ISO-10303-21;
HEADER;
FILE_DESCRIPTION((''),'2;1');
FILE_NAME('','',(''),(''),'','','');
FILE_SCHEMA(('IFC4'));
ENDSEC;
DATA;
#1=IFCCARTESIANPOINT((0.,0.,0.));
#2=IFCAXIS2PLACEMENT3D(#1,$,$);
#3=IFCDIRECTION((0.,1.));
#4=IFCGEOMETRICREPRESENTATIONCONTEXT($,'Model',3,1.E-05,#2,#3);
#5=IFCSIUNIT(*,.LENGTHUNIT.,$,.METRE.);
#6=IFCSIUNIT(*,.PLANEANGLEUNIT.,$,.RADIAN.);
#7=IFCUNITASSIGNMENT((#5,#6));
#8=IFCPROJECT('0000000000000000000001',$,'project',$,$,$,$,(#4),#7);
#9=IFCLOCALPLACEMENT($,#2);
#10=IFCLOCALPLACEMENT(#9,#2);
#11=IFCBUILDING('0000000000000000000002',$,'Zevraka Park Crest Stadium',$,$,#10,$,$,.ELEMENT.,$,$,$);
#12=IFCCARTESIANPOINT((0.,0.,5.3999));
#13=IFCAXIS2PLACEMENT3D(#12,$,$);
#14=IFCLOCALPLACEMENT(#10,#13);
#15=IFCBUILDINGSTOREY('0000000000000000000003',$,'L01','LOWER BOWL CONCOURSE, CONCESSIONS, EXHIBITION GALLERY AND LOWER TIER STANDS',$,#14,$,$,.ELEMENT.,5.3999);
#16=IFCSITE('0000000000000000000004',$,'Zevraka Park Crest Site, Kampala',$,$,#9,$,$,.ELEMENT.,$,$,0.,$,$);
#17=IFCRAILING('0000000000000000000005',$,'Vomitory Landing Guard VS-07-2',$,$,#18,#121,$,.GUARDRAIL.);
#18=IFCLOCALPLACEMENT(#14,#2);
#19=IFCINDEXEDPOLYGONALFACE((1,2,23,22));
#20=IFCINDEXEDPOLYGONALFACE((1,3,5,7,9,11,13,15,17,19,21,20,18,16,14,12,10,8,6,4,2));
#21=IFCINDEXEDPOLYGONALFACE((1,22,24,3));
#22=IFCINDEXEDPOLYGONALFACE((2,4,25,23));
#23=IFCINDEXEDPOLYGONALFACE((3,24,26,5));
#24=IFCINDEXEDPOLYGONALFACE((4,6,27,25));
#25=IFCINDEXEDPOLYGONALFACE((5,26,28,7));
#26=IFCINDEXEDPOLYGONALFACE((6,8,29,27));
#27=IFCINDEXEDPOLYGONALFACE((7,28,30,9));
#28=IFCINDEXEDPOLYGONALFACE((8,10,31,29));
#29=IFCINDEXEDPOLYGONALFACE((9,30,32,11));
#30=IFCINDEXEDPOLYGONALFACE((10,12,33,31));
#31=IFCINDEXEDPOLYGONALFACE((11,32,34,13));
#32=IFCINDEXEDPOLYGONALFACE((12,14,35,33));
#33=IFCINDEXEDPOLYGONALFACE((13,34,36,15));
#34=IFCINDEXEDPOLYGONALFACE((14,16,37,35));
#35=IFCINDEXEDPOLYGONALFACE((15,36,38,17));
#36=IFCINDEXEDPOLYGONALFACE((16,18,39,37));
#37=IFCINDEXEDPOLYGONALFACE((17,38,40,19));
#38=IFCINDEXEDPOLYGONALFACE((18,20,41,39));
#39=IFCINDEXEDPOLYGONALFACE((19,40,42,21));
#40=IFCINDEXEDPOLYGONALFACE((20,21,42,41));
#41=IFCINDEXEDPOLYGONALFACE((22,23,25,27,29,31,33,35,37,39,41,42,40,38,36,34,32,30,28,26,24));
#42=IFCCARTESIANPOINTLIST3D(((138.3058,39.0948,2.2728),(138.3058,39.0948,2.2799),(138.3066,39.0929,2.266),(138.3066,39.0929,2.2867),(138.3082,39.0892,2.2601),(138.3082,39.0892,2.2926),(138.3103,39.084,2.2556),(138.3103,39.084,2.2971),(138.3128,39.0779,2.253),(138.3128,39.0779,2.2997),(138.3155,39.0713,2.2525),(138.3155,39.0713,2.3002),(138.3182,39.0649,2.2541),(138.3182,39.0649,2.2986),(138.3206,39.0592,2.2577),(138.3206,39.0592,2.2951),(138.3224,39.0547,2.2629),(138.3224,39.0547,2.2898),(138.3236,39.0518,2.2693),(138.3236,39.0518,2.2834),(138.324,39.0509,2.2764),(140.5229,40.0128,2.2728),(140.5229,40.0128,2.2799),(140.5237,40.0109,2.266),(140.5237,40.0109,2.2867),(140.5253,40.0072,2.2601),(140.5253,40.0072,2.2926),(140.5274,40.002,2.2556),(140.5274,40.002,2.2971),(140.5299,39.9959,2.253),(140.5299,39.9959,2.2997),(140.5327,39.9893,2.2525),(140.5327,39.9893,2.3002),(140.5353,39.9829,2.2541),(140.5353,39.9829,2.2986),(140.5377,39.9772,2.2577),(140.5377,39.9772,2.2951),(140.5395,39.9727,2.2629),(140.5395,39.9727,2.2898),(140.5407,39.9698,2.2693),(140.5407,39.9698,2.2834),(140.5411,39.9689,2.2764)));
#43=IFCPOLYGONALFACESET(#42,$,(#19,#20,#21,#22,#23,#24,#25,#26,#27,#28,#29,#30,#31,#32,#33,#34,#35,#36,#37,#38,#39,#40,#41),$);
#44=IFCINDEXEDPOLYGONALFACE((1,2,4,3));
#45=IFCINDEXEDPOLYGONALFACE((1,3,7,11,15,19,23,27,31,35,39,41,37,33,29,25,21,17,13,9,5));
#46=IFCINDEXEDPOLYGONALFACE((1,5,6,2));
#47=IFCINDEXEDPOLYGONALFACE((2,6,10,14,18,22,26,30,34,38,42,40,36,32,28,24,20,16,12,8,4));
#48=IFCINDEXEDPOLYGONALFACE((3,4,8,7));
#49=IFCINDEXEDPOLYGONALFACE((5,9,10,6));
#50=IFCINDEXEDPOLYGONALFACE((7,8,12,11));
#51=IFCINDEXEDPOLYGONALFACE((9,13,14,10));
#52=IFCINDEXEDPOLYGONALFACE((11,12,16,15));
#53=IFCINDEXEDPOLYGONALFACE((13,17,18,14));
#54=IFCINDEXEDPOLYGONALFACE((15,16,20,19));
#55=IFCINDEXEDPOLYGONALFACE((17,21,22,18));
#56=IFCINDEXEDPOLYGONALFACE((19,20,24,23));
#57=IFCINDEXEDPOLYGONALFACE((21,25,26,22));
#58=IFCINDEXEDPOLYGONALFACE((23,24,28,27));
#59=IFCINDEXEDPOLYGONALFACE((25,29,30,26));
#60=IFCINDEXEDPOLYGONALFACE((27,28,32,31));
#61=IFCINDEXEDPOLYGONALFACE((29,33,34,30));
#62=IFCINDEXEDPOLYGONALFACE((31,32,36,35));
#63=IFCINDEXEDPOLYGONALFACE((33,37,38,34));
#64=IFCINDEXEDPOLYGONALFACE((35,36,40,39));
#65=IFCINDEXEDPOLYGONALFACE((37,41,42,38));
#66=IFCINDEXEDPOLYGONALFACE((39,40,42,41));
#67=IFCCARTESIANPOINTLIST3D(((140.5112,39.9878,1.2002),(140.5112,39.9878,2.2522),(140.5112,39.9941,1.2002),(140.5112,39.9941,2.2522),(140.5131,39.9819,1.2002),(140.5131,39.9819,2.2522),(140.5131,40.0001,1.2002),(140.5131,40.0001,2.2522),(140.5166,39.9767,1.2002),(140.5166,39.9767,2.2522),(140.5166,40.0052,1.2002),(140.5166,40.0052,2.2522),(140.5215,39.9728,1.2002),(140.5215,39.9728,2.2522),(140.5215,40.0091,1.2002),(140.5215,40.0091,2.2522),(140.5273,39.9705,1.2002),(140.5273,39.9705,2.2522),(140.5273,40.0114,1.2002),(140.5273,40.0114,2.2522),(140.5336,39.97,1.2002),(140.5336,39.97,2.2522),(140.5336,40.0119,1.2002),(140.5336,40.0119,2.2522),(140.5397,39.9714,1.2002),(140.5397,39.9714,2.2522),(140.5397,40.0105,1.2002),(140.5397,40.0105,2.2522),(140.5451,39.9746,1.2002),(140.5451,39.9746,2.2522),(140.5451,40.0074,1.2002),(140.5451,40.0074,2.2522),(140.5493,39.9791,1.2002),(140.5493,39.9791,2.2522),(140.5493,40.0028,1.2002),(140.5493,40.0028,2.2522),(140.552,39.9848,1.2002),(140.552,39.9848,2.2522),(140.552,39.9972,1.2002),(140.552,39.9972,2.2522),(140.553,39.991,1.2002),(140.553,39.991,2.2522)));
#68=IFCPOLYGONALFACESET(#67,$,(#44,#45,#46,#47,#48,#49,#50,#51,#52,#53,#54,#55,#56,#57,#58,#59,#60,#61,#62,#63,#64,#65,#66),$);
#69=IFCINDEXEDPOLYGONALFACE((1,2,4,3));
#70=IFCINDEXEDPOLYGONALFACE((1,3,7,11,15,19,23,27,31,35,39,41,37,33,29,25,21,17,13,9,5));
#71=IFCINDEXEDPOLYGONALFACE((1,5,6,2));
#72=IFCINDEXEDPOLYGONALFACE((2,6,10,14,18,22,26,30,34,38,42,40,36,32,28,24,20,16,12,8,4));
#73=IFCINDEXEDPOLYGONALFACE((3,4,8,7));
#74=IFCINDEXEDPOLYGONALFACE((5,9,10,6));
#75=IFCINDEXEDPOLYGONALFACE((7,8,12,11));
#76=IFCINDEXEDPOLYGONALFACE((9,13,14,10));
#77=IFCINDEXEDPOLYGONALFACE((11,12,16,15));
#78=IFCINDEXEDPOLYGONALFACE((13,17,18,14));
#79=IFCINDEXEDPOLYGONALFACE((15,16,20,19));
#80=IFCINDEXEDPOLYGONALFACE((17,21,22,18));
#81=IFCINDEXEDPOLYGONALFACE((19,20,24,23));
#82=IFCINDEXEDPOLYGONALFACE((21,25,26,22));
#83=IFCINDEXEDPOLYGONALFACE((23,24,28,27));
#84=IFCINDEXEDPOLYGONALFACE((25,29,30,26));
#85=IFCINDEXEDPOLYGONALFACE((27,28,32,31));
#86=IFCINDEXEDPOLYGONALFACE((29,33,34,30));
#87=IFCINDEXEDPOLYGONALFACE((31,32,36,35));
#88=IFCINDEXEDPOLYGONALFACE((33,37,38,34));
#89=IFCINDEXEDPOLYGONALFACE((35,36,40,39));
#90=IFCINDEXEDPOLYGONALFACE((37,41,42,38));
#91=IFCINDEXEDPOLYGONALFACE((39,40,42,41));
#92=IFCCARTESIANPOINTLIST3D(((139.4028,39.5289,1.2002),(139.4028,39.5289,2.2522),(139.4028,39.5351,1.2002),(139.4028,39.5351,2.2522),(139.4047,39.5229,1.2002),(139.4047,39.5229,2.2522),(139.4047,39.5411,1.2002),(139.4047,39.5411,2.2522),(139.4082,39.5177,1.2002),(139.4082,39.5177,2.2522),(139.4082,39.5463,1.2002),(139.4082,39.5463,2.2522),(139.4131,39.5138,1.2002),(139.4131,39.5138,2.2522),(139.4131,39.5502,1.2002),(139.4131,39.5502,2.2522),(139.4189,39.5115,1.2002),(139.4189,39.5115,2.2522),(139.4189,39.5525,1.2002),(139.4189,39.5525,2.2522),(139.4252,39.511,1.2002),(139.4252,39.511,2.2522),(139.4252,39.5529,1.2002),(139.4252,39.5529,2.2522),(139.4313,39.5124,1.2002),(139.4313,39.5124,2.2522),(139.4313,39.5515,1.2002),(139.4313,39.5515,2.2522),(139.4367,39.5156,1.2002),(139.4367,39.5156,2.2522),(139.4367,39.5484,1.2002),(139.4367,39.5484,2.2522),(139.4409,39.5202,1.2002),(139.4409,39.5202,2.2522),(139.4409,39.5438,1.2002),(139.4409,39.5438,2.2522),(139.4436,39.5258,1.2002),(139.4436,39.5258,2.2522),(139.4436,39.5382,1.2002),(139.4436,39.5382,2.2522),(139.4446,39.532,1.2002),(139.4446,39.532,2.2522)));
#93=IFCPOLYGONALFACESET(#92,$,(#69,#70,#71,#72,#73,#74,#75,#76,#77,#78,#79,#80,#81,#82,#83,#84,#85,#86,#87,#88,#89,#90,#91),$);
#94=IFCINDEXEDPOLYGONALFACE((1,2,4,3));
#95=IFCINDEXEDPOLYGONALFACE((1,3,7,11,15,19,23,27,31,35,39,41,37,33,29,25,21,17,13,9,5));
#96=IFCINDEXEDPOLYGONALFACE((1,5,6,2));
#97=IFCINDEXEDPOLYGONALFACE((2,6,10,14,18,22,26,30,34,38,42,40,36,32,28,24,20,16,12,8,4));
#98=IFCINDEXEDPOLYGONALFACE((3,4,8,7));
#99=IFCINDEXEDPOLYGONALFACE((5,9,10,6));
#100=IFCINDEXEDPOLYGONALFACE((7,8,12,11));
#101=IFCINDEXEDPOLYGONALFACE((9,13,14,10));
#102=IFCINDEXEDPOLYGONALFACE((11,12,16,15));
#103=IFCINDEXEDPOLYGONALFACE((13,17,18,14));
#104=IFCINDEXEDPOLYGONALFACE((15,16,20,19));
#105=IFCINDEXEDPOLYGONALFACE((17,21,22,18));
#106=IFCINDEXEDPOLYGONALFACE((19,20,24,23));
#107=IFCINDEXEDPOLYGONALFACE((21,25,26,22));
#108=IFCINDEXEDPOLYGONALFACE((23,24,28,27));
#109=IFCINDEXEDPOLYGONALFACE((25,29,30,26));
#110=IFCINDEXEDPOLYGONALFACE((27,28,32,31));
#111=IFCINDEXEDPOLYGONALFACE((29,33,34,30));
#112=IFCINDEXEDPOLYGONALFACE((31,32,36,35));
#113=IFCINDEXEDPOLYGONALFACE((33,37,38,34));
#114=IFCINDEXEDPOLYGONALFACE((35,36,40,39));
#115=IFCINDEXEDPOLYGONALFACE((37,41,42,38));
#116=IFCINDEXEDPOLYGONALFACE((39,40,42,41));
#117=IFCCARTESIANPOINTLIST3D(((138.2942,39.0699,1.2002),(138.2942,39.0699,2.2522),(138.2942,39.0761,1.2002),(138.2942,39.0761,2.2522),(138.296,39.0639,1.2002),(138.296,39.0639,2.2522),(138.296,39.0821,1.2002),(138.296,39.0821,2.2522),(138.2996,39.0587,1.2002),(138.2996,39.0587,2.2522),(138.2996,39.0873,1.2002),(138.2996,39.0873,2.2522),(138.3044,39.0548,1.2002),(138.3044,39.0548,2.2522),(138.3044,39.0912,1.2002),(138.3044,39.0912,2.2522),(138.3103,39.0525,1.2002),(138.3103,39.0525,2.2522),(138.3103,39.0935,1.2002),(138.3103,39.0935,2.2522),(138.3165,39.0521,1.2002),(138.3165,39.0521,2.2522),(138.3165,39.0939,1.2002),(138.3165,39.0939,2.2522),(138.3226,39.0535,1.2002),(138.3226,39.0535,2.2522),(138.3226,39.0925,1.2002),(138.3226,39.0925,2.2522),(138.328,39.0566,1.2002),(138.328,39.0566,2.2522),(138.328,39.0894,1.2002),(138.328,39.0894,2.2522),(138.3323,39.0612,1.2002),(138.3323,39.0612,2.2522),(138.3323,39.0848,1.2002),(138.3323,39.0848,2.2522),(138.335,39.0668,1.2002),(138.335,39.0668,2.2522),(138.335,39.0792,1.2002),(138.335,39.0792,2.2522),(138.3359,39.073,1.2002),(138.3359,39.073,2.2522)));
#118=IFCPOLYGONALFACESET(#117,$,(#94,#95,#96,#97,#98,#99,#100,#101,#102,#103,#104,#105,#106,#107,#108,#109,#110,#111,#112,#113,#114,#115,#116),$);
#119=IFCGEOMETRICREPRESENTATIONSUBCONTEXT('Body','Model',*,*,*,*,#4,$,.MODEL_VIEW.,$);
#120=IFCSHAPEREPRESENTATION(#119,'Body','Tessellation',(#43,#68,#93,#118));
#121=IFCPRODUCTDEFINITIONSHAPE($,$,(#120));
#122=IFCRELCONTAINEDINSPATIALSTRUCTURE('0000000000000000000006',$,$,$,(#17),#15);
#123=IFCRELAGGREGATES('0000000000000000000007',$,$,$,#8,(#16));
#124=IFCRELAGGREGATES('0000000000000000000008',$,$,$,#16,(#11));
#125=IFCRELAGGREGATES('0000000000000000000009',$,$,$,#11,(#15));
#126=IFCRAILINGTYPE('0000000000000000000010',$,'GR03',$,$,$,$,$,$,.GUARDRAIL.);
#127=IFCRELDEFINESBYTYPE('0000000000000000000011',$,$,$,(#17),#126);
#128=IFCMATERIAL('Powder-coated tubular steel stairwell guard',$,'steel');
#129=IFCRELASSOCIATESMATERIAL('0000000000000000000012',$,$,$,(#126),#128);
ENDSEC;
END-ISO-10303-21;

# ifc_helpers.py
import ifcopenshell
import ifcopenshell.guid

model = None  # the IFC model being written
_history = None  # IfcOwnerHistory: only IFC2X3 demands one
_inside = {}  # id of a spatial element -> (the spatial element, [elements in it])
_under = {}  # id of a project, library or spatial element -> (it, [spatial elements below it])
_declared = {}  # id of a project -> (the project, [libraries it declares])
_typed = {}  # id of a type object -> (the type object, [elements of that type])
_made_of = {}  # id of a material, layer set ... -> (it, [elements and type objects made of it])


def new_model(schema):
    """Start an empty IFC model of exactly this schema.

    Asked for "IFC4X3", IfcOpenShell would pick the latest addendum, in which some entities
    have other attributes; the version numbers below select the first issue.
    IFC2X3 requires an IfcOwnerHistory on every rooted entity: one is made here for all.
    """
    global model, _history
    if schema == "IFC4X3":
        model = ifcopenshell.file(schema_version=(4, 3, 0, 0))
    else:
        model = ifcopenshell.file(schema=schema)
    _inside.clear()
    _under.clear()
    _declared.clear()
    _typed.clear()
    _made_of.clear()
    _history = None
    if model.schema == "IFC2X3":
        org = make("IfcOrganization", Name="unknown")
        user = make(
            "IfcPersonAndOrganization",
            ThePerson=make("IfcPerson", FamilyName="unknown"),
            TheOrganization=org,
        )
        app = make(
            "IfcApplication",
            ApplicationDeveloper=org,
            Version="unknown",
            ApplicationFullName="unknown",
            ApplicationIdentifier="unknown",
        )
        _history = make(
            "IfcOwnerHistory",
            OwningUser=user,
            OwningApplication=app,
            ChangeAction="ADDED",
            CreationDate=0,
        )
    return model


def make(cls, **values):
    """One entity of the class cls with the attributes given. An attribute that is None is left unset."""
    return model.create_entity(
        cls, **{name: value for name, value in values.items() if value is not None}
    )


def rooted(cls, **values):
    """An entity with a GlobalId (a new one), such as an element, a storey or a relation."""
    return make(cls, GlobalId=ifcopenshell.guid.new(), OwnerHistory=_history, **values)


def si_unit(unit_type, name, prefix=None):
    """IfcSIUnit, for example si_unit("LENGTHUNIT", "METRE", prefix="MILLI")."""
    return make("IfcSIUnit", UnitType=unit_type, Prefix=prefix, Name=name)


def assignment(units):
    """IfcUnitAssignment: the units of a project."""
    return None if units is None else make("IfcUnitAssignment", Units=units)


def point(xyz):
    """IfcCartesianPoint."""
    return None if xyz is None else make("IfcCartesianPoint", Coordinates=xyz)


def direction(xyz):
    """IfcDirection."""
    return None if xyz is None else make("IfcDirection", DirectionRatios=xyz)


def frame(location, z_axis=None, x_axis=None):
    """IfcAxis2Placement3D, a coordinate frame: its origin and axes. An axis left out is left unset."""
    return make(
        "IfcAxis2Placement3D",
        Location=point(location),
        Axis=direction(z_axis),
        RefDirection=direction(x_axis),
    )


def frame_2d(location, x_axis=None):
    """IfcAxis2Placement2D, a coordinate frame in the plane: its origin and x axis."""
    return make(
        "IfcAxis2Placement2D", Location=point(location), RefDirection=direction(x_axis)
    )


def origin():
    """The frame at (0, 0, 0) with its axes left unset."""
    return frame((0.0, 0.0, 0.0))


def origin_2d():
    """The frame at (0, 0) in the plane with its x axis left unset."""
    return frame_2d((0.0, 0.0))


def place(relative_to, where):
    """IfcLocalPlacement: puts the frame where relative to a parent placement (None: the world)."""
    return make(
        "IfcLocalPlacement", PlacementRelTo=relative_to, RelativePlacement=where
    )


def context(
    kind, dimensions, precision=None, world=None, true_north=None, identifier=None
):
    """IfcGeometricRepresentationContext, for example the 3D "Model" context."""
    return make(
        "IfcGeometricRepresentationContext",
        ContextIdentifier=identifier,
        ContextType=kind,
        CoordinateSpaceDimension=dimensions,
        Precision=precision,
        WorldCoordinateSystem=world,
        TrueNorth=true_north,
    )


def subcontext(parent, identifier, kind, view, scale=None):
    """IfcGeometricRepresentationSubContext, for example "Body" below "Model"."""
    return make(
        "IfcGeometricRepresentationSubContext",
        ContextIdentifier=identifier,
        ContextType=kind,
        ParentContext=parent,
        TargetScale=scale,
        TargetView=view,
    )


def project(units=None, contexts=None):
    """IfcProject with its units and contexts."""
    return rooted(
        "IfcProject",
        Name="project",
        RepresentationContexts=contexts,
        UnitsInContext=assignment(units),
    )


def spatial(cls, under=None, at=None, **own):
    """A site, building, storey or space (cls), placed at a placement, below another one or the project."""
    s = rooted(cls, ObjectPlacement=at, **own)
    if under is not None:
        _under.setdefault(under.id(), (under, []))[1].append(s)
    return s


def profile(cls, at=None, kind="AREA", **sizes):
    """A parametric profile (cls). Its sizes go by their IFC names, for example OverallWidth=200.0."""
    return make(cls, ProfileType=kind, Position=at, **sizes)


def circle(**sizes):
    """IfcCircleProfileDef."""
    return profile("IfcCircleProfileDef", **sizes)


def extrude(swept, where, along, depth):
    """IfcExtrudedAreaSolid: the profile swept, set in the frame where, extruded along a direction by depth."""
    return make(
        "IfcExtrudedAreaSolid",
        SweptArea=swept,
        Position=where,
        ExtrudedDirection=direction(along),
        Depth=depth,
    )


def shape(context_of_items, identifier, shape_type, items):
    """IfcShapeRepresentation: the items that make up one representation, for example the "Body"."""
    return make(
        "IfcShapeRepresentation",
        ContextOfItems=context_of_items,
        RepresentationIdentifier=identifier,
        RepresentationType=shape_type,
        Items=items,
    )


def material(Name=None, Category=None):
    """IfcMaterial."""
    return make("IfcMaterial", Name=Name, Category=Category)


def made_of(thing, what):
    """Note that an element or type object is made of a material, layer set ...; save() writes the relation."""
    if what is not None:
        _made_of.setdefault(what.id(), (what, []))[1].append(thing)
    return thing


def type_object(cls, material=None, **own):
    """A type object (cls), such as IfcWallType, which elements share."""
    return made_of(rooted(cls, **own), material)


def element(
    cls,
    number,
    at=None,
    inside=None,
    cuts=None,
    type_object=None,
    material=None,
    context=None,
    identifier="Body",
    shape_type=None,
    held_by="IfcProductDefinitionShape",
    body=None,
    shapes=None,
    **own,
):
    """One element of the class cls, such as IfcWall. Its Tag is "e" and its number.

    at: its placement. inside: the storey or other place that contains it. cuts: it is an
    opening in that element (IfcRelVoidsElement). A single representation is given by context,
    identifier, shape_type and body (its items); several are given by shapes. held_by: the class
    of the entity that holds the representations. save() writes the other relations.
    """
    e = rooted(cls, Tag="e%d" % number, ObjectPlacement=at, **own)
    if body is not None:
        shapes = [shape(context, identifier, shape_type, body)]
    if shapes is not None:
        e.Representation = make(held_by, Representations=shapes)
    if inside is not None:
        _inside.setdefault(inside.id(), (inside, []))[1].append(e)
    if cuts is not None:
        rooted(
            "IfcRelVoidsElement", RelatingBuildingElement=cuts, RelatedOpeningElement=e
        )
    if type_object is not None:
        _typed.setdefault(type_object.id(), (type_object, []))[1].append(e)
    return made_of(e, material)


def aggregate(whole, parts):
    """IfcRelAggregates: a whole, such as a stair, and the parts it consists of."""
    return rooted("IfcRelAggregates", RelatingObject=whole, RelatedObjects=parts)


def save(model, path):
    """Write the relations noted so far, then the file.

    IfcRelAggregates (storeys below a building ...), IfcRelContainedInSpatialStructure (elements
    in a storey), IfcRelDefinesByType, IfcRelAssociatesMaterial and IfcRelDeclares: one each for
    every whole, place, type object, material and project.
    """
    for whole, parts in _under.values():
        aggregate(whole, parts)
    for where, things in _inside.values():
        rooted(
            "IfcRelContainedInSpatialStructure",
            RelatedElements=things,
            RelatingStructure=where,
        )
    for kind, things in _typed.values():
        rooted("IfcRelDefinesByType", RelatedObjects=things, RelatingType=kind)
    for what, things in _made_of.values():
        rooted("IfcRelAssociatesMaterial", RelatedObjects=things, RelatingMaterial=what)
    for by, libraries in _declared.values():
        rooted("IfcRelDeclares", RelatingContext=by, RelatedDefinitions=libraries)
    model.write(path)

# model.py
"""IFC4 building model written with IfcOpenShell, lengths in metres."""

from ifc_helpers import new_model, si_unit, direction, frame, origin, origin_2d, place, context, subcontext, project, spatial, circle, extrude, material, type_object, element, save


model = new_model("IFC4")

# Units and contexts
model_context = context("Model", 3, precision=1e-05, world=origin(), true_north=direction((0.0, 1.0)))
body_context = subcontext(model_context, "Body", "Model", "MODEL_VIEW")
ifc_project = project(units=[si_unit("LENGTHUNIT", "METRE"), si_unit("PLANEANGLEUNIT", "RADIAN")], contexts=[model_context])

# Site, building, storey
site_placement = place(None, origin())
site = spatial("IfcSite", under=ifc_project, at=site_placement, Name="Zevraka Park Crest Site, Kampala", CompositionType="ELEMENT", RefElevation=0.0)
building_placement = place(site_placement, origin())
building = spatial("IfcBuilding", under=site, at=building_placement, Name="Zevraka Park Crest Stadium", CompositionType="ELEMENT")
storey_placement = place(building_placement, frame((0.0, 0.0, 5.3999)))
storey = spatial("IfcBuildingStorey", under=building, at=storey_placement, Name="L01", Description="LOWER BOWL CONCOURSE, CONCESSIONS, EXHIBITION GALLERY AND LOWER TIER STANDS", CompositionType="ELEMENT", Elevation=5.3999)

# Railing
ifc_material_1 = material(Name="Powder-coated tubular steel stairwell guard", Category="steel")
railing_type_1 = type_object("IfcRailingType", Name="GR03", PredefinedType="GUARDRAIL", material=ifc_material_1)
railing_1_placement = place(storey_placement, frame((140.532, 39.991, 1.2002)))
element("IfcRailing", 1, at=railing_1_placement, inside=storey, type_object=railing_type_1, Name="Vomitory Landing Guard VS-07-2", PredefinedType="GUARDRAIL", context=body_context, shape_type="SweptSolid", body=[
    extrude(circle(Radius=0.0239, at=origin_2d()), frame((0.0, 0.0, 1.0762), z_axis=(-0.923933, -0.382555, 0.0), x_axis=(0.382555, -0.923933, 0.0)), (0.0, 0.0, 1.0), 2.3997),
    extrude(circle(Radius=0.021, at=origin_2d()), origin(), (0.0, 0.0, 1.0), 1.052),
    extrude(circle(Radius=0.021, at=origin_2d()), frame((-1.1084, -0.459, 0.0)), (0.0, 0.0, 1.0), 1.052),
    extrude(circle(Radius=0.021, at=origin_2d()), frame((-2.217, -0.918, 0.0)), (0.0, 0.0, 1.0), 1.052),
])

save(model, "model.ifc")
